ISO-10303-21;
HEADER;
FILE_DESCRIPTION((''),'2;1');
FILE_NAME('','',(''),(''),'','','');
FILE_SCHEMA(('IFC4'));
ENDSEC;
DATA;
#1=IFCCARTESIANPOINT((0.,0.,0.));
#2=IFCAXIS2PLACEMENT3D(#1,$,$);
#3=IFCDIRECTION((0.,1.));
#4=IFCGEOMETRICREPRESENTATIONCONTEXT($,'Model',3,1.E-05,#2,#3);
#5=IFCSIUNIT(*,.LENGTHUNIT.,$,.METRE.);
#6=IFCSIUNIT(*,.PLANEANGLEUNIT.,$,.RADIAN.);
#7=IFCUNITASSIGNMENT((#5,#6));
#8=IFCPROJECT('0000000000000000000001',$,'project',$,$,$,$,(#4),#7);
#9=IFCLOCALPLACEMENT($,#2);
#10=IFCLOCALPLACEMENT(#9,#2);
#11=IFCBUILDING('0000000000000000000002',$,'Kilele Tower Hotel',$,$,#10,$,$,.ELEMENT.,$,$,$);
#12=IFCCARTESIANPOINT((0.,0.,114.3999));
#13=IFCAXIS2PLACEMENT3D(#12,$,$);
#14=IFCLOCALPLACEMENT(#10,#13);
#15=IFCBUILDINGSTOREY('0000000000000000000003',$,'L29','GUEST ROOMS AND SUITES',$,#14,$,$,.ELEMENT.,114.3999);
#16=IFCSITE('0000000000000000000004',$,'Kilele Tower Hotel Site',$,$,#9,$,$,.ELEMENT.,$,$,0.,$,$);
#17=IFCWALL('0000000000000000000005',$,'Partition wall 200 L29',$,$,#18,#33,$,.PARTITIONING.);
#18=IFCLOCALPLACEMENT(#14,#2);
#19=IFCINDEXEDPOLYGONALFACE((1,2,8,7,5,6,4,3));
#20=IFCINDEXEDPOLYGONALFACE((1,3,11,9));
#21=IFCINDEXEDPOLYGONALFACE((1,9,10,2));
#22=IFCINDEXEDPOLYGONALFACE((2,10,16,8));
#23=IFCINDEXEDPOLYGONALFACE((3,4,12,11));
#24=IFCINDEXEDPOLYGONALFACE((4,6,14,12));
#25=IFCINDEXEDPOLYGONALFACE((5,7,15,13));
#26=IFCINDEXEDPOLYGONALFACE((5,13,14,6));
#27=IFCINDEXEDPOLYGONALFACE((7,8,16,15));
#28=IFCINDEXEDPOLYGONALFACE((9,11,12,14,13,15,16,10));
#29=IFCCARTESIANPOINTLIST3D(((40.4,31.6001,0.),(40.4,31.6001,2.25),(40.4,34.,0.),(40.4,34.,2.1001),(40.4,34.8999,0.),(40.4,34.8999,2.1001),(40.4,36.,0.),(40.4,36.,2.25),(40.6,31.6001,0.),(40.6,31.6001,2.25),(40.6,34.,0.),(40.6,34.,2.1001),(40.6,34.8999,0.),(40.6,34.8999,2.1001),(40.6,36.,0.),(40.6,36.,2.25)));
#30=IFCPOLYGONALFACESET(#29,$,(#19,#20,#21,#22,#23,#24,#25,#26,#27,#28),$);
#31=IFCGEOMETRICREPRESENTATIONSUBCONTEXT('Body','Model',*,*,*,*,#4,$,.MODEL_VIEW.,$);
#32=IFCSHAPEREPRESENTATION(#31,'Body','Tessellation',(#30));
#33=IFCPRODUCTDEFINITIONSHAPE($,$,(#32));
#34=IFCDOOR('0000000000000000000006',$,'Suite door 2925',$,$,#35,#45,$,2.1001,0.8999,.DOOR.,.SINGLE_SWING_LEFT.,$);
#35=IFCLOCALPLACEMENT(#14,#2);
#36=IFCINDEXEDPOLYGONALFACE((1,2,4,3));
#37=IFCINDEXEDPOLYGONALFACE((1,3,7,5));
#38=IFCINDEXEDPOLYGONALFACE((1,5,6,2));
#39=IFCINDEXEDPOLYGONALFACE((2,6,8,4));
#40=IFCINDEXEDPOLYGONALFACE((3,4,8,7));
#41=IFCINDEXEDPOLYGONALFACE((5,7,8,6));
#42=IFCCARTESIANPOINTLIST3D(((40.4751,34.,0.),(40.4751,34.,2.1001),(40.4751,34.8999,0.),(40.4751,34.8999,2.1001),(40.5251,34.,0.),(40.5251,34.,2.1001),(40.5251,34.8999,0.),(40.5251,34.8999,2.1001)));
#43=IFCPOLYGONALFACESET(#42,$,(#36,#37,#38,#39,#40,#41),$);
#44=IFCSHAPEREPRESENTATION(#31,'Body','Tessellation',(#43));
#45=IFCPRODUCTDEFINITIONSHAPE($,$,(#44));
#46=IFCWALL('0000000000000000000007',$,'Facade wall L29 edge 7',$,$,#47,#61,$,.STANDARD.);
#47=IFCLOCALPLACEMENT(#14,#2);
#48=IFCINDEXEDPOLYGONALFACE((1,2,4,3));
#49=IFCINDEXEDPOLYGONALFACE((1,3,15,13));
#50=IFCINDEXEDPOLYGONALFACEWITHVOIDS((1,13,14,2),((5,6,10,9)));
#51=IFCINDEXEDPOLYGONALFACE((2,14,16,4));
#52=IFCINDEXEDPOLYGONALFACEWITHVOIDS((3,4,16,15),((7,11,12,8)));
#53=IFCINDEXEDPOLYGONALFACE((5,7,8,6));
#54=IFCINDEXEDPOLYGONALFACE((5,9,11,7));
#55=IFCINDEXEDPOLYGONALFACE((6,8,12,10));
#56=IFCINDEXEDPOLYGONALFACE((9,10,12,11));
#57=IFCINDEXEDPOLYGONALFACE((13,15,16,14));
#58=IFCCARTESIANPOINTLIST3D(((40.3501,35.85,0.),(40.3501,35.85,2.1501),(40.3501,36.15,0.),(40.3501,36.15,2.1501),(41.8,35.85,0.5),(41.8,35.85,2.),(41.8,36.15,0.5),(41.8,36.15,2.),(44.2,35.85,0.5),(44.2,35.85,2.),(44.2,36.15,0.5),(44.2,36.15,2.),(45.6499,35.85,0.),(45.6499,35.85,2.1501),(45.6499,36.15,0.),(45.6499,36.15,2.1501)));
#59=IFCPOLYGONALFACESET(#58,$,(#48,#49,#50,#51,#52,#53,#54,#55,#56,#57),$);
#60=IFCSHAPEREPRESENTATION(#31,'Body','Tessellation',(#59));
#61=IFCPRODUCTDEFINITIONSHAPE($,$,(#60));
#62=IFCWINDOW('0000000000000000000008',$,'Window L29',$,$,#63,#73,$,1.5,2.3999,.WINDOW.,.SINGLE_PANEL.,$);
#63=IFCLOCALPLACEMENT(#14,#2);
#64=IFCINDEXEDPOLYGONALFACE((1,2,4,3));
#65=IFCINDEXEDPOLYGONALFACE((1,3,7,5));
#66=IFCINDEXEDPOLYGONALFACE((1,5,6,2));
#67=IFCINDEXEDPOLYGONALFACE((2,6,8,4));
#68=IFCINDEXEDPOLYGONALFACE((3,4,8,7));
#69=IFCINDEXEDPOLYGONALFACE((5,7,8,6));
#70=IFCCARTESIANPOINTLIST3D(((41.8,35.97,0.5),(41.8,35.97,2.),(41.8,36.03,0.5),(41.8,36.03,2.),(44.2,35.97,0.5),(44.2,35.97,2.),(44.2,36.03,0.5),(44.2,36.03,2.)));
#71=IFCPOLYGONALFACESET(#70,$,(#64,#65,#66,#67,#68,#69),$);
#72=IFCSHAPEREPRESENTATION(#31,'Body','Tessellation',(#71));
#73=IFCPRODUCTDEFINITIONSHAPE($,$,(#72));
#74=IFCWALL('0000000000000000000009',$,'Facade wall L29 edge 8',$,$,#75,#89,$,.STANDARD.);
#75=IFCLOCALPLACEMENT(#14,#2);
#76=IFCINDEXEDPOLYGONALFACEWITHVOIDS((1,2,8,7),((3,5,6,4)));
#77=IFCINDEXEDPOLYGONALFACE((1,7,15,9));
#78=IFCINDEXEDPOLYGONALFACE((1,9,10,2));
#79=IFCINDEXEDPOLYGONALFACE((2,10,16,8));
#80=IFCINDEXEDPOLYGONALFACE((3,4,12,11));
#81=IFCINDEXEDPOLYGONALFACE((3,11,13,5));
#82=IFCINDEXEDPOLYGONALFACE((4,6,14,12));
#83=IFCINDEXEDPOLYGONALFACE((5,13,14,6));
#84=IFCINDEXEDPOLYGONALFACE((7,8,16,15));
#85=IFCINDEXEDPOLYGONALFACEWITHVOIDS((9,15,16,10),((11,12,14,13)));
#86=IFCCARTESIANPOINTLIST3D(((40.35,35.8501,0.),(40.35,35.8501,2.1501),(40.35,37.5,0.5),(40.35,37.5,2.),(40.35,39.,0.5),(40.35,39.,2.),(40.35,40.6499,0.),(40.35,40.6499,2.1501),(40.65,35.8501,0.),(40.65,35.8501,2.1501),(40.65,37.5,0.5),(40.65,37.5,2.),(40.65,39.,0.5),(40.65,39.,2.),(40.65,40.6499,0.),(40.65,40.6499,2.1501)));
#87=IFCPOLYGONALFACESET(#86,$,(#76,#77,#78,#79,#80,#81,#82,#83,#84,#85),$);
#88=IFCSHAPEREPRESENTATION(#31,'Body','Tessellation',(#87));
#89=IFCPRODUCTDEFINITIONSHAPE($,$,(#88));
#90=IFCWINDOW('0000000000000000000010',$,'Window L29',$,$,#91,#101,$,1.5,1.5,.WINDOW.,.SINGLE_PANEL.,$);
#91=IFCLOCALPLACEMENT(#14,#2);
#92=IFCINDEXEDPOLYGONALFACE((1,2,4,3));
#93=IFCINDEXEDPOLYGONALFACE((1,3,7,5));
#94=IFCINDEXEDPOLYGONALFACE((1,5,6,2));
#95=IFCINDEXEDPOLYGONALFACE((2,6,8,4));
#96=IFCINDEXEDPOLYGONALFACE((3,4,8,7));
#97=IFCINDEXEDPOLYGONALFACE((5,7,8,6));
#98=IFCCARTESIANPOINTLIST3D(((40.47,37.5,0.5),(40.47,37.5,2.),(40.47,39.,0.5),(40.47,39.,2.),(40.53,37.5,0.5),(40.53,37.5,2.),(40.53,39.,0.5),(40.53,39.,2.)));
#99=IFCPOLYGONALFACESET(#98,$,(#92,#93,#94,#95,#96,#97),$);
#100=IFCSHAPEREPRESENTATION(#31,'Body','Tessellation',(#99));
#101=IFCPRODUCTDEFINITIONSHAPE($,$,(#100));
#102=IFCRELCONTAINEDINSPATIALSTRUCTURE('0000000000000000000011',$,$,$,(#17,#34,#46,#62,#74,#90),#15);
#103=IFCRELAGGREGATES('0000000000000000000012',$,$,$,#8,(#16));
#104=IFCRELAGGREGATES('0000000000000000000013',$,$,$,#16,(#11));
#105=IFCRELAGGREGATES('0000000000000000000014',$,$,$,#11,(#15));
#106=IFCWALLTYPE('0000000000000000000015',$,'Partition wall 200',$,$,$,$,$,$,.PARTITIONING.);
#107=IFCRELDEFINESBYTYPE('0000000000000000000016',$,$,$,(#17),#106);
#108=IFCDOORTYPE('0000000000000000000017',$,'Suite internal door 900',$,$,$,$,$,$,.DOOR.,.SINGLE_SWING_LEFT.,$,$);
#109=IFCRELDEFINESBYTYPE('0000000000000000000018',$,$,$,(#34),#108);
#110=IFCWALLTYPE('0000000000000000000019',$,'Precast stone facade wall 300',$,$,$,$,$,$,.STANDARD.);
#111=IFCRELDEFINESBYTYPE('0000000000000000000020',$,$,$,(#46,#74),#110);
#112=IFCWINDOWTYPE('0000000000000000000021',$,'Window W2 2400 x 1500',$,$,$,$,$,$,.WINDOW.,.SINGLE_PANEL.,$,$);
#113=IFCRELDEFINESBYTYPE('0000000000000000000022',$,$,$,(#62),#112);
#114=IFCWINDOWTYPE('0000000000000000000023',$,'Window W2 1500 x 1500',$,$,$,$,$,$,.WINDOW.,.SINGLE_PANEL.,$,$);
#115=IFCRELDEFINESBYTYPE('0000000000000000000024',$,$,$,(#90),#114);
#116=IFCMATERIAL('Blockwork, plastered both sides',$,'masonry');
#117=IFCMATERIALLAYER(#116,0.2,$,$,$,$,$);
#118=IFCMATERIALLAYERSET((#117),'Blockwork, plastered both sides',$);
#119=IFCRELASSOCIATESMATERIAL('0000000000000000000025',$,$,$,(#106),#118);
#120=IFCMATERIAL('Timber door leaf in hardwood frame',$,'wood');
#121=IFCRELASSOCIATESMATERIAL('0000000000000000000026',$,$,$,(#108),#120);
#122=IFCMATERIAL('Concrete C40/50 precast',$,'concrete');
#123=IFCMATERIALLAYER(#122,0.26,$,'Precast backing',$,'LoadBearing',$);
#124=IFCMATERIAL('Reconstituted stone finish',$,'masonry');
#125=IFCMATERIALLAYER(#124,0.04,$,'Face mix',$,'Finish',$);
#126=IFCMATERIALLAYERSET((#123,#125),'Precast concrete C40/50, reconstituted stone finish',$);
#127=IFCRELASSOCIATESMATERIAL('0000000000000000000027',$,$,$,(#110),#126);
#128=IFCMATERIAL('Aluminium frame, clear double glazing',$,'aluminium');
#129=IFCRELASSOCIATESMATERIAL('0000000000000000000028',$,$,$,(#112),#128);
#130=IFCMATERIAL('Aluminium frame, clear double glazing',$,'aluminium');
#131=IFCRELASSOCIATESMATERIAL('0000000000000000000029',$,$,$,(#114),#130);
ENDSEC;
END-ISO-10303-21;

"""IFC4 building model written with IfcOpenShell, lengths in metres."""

from ifc_helpers import new_model, si_unit, direction, frame, frame_2d, origin, place, context, subcontext, project, spatial, rectangle, extrude, material, layer, layer_set, type_object, element, fill, save


model = new_model("IFC4")

# Units and contexts
model_context = context("Model", 3, precision=1e-05, world=origin(), true_north=direction((0.0, 1.0)))
body_context = subcontext(model_context, "Body", "Model", "MODEL_VIEW")
ifc_project = project(units=[si_unit("LENGTHUNIT", "METRE"), si_unit("PLANEANGLEUNIT", "RADIAN")], contexts=[model_context])

# Site, building, storey
site_placement = place(None, origin())
site = spatial("IfcSite", under=ifc_project, at=site_placement, Name="Kilele Tower Hotel Site", CompositionType="ELEMENT", RefElevation=0.0)
building_placement = place(site_placement, origin())
building = spatial("IfcBuilding", under=site, at=building_placement, Name="Kilele Tower Hotel", CompositionType="ELEMENT")
storey_placement = place(building_placement, frame((0.0, 0.0, 114.3999)))
storey = spatial("IfcBuildingStorey", under=building, at=storey_placement, Name="L29", Description="GUEST ROOMS AND SUITES", CompositionType="ELEMENT", Elevation=114.3999)

# Wall, opening, door
ifc_material_1 = material(Name="Blockwork, plastered both sides", Category="masonry")
ifc_layer_1 = layer(ifc_material_1, 0.2)
ifc_layer_set_1 = layer_set([ifc_layer_1], Name="Blockwork, plastered both sides")
wall_type_1 = type_object("IfcWallType", Name="Partition wall 200", PredefinedType="PARTITIONING", material=ifc_layer_set_1)
wall_1_placement = place(storey_placement, frame((40.5, 31.6001, 0.0), z_axis=(0.0, 0.0, 1.0), x_axis=(0.0, 1.0, 0.0)))
wall_1 = element("IfcWall", 1, at=wall_1_placement, inside=storey, type_object=wall_type_1, Name="Partition wall 200 L29", PredefinedType="PARTITIONING", context=body_context, shape_type="SweptSolid", body=[
    extrude(rectangle(XDim=4.3999, YDim=0.2, at=frame_2d((2.2, 0.0))), origin(), (0.0, 0.0, 1.0), 2.25),
])
opening_1_placement = place(wall_1_placement, frame((2.3999, 0.0, 0.0)))
opening_1 = element("IfcOpeningElement", 2, at=opening_1_placement, cuts=wall_1, PredefinedType="OPENING", context=body_context, shape_type="SweptSolid", body=[
    extrude(rectangle(XDim=0.8999, YDim=2.1001, at=frame_2d((0.45, 1.05))), frame((0.0, 0.1099, 0.0), z_axis=(0.0, -1.0, 0.0), x_axis=(1.0, 0.0, 0.0)), (0.0, 0.0, 1.0), 0.22),
])
ifc_material_2 = material(Name="Timber door leaf in hardwood frame", Category="wood")
door_type_1 = type_object("IfcDoorType", Name="Suite internal door 900", OperationType="SINGLE_SWING_LEFT", PredefinedType="DOOR", material=ifc_material_2)
door_1_placement = place(opening_1_placement, origin())
door_1 = element("IfcDoor", 3, at=door_1_placement, inside=storey, type_object=door_type_1, Name="Suite door 2925", OperationType="SINGLE_SWING_LEFT", OverallHeight=2.1001, OverallWidth=0.8999, PredefinedType="DOOR", context=body_context, shape_type="SweptSolid", body=[
    extrude(rectangle(XDim=0.8999, YDim=2.1001, at=frame_2d((0.45, 1.05))), frame((0.0, 0.0249, 0.0), z_axis=(0.0, -1.0, 0.0), x_axis=(1.0, 0.0, 0.0)), (0.0, 0.0, 1.0), 0.05),
])
fill(opening_1, door_1)

# Walls, openings, windows
ifc_material_3 = material(Name="Concrete C40/50 precast", Category="concrete")
ifc_layer_2 = layer(ifc_material_3, 0.26, Name="Precast backing", Category="LoadBearing")
ifc_material_4 = material(Name="Reconstituted stone finish", Category="masonry")
ifc_layer_3 = layer(ifc_material_4, 0.04, Name="Face mix", Category="Finish")
ifc_layer_set_2 = layer_set([ifc_layer_2, ifc_layer_3], Name="Precast concrete C40/50, reconstituted stone finish")
wall_type_2 = type_object("IfcWallType", Name="Precast stone facade wall 300", PredefinedType="STANDARD", material=ifc_layer_set_2)
wall_2_placement = place(storey_placement, frame((45.6499, 36.0, 0.0), z_axis=(0.0, 0.0, 1.0), x_axis=(-1.0, 0.0, 0.0)))
wall_2 = element("IfcWall", 4, at=wall_2_placement, inside=storey, type_object=wall_type_2, Name="Facade wall L29 edge 7", PredefinedType="STANDARD", context=body_context, shape_type="SweptSolid", body=[
    extrude(rectangle(XDim=5.2998, YDim=0.3, at=frame_2d((2.6499, 0.0))), origin(), (0.0, 0.0, 1.0), 2.1501),
])
opening_2_placement = place(wall_2_placement, frame((1.45, 0.0, 0.5)))
opening_2 = element("IfcOpeningElement", 5, at=opening_2_placement, cuts=wall_2, PredefinedType="OPENING", context=body_context, shape_type="SweptSolid", body=[
    extrude(rectangle(XDim=2.3999, YDim=1.5, at=frame_2d((1.2, 0.75))), frame((0.0, 0.1599, 0.0), z_axis=(0.0, -1.0, 0.0), x_axis=(1.0, 0.0, 0.0)), (0.0, 0.0, 1.0), 0.3201),
])
ifc_material_5 = material(Name="Aluminium frame, clear double glazing", Category="aluminium")
window_type_1 = type_object("IfcWindowType", Name="Window W2 2400 x 1500", PartitioningType="SINGLE_PANEL", PredefinedType="WINDOW", material=ifc_material_5)
window_1_placement = place(opening_2_placement, origin())
window_1 = element("IfcWindow", 6, at=window_1_placement, inside=storey, type_object=window_type_1, Name="Window L29", OverallHeight=1.5, OverallWidth=2.3999, PartitioningType="SINGLE_PANEL", PredefinedType="WINDOW", context=body_context, shape_type="SweptSolid", body=[
    extrude(rectangle(XDim=2.3999, YDim=1.5, at=frame_2d((1.2, 0.75))), frame((0.0, 0.03, 0.0), z_axis=(0.0, -1.0, 0.0), x_axis=(1.0, 0.0, 0.0)), (0.0, 0.0, 1.0), 0.0601),
])
fill(opening_2, window_1)
wall_3_placement = place(storey_placement, frame((40.5, 35.8501, 0.0), z_axis=(0.0, 0.0, 1.0), x_axis=(0.0, 1.0, 0.0)))
wall_3 = element("IfcWall", 7, at=wall_3_placement, inside=storey, type_object=wall_type_2, Name="Facade wall L29 edge 8", PredefinedType="STANDARD", context=body_context, shape_type="SweptSolid", body=[
    extrude(rectangle(XDim=4.7998, YDim=0.3, at=frame_2d((2.3999, 0.0))), origin(), (0.0, 0.0, 1.0), 2.1501),
])
opening_3_placement = place(wall_3_placement, frame((1.6499, 0.0, 0.5)))
opening_3 = element("IfcOpeningElement", 8, at=opening_3_placement, cuts=wall_3, PredefinedType="OPENING", context=body_context, shape_type="SweptSolid", body=[
    extrude(rectangle(XDim=1.5, YDim=1.5, at=frame_2d((0.75, 0.75))), frame((0.0, 0.1599, 0.0), z_axis=(0.0, -1.0, 0.0), x_axis=(1.0, 0.0, 0.0)), (0.0, 0.0, 1.0), 0.3201),
])
ifc_material_6 = material(Name="Aluminium frame, clear double glazing", Category="aluminium")
window_type_2 = type_object("IfcWindowType", Name="Window W2 1500 x 1500", PartitioningType="SINGLE_PANEL", PredefinedType="WINDOW", material=ifc_material_6)
window_2_placement = place(opening_3_placement, origin())
window_2 = element("IfcWindow", 9, at=window_2_placement, inside=storey, type_object=window_type_2, Name="Window L29", OverallHeight=1.5, OverallWidth=1.5, PartitioningType="SINGLE_PANEL", PredefinedType="WINDOW", context=body_context, shape_type="SweptSolid", body=[
    extrude(rectangle(XDim=1.5, YDim=1.5, at=frame_2d((0.75, 0.75))), frame((0.0, 0.03, 0.0), z_axis=(0.0, -1.0, 0.0), x_axis=(1.0, 0.0, 0.0)), (0.0, 0.0, 1.0), 0.0601),
])
fill(opening_3, window_2)

save(model, "model.ifc")
